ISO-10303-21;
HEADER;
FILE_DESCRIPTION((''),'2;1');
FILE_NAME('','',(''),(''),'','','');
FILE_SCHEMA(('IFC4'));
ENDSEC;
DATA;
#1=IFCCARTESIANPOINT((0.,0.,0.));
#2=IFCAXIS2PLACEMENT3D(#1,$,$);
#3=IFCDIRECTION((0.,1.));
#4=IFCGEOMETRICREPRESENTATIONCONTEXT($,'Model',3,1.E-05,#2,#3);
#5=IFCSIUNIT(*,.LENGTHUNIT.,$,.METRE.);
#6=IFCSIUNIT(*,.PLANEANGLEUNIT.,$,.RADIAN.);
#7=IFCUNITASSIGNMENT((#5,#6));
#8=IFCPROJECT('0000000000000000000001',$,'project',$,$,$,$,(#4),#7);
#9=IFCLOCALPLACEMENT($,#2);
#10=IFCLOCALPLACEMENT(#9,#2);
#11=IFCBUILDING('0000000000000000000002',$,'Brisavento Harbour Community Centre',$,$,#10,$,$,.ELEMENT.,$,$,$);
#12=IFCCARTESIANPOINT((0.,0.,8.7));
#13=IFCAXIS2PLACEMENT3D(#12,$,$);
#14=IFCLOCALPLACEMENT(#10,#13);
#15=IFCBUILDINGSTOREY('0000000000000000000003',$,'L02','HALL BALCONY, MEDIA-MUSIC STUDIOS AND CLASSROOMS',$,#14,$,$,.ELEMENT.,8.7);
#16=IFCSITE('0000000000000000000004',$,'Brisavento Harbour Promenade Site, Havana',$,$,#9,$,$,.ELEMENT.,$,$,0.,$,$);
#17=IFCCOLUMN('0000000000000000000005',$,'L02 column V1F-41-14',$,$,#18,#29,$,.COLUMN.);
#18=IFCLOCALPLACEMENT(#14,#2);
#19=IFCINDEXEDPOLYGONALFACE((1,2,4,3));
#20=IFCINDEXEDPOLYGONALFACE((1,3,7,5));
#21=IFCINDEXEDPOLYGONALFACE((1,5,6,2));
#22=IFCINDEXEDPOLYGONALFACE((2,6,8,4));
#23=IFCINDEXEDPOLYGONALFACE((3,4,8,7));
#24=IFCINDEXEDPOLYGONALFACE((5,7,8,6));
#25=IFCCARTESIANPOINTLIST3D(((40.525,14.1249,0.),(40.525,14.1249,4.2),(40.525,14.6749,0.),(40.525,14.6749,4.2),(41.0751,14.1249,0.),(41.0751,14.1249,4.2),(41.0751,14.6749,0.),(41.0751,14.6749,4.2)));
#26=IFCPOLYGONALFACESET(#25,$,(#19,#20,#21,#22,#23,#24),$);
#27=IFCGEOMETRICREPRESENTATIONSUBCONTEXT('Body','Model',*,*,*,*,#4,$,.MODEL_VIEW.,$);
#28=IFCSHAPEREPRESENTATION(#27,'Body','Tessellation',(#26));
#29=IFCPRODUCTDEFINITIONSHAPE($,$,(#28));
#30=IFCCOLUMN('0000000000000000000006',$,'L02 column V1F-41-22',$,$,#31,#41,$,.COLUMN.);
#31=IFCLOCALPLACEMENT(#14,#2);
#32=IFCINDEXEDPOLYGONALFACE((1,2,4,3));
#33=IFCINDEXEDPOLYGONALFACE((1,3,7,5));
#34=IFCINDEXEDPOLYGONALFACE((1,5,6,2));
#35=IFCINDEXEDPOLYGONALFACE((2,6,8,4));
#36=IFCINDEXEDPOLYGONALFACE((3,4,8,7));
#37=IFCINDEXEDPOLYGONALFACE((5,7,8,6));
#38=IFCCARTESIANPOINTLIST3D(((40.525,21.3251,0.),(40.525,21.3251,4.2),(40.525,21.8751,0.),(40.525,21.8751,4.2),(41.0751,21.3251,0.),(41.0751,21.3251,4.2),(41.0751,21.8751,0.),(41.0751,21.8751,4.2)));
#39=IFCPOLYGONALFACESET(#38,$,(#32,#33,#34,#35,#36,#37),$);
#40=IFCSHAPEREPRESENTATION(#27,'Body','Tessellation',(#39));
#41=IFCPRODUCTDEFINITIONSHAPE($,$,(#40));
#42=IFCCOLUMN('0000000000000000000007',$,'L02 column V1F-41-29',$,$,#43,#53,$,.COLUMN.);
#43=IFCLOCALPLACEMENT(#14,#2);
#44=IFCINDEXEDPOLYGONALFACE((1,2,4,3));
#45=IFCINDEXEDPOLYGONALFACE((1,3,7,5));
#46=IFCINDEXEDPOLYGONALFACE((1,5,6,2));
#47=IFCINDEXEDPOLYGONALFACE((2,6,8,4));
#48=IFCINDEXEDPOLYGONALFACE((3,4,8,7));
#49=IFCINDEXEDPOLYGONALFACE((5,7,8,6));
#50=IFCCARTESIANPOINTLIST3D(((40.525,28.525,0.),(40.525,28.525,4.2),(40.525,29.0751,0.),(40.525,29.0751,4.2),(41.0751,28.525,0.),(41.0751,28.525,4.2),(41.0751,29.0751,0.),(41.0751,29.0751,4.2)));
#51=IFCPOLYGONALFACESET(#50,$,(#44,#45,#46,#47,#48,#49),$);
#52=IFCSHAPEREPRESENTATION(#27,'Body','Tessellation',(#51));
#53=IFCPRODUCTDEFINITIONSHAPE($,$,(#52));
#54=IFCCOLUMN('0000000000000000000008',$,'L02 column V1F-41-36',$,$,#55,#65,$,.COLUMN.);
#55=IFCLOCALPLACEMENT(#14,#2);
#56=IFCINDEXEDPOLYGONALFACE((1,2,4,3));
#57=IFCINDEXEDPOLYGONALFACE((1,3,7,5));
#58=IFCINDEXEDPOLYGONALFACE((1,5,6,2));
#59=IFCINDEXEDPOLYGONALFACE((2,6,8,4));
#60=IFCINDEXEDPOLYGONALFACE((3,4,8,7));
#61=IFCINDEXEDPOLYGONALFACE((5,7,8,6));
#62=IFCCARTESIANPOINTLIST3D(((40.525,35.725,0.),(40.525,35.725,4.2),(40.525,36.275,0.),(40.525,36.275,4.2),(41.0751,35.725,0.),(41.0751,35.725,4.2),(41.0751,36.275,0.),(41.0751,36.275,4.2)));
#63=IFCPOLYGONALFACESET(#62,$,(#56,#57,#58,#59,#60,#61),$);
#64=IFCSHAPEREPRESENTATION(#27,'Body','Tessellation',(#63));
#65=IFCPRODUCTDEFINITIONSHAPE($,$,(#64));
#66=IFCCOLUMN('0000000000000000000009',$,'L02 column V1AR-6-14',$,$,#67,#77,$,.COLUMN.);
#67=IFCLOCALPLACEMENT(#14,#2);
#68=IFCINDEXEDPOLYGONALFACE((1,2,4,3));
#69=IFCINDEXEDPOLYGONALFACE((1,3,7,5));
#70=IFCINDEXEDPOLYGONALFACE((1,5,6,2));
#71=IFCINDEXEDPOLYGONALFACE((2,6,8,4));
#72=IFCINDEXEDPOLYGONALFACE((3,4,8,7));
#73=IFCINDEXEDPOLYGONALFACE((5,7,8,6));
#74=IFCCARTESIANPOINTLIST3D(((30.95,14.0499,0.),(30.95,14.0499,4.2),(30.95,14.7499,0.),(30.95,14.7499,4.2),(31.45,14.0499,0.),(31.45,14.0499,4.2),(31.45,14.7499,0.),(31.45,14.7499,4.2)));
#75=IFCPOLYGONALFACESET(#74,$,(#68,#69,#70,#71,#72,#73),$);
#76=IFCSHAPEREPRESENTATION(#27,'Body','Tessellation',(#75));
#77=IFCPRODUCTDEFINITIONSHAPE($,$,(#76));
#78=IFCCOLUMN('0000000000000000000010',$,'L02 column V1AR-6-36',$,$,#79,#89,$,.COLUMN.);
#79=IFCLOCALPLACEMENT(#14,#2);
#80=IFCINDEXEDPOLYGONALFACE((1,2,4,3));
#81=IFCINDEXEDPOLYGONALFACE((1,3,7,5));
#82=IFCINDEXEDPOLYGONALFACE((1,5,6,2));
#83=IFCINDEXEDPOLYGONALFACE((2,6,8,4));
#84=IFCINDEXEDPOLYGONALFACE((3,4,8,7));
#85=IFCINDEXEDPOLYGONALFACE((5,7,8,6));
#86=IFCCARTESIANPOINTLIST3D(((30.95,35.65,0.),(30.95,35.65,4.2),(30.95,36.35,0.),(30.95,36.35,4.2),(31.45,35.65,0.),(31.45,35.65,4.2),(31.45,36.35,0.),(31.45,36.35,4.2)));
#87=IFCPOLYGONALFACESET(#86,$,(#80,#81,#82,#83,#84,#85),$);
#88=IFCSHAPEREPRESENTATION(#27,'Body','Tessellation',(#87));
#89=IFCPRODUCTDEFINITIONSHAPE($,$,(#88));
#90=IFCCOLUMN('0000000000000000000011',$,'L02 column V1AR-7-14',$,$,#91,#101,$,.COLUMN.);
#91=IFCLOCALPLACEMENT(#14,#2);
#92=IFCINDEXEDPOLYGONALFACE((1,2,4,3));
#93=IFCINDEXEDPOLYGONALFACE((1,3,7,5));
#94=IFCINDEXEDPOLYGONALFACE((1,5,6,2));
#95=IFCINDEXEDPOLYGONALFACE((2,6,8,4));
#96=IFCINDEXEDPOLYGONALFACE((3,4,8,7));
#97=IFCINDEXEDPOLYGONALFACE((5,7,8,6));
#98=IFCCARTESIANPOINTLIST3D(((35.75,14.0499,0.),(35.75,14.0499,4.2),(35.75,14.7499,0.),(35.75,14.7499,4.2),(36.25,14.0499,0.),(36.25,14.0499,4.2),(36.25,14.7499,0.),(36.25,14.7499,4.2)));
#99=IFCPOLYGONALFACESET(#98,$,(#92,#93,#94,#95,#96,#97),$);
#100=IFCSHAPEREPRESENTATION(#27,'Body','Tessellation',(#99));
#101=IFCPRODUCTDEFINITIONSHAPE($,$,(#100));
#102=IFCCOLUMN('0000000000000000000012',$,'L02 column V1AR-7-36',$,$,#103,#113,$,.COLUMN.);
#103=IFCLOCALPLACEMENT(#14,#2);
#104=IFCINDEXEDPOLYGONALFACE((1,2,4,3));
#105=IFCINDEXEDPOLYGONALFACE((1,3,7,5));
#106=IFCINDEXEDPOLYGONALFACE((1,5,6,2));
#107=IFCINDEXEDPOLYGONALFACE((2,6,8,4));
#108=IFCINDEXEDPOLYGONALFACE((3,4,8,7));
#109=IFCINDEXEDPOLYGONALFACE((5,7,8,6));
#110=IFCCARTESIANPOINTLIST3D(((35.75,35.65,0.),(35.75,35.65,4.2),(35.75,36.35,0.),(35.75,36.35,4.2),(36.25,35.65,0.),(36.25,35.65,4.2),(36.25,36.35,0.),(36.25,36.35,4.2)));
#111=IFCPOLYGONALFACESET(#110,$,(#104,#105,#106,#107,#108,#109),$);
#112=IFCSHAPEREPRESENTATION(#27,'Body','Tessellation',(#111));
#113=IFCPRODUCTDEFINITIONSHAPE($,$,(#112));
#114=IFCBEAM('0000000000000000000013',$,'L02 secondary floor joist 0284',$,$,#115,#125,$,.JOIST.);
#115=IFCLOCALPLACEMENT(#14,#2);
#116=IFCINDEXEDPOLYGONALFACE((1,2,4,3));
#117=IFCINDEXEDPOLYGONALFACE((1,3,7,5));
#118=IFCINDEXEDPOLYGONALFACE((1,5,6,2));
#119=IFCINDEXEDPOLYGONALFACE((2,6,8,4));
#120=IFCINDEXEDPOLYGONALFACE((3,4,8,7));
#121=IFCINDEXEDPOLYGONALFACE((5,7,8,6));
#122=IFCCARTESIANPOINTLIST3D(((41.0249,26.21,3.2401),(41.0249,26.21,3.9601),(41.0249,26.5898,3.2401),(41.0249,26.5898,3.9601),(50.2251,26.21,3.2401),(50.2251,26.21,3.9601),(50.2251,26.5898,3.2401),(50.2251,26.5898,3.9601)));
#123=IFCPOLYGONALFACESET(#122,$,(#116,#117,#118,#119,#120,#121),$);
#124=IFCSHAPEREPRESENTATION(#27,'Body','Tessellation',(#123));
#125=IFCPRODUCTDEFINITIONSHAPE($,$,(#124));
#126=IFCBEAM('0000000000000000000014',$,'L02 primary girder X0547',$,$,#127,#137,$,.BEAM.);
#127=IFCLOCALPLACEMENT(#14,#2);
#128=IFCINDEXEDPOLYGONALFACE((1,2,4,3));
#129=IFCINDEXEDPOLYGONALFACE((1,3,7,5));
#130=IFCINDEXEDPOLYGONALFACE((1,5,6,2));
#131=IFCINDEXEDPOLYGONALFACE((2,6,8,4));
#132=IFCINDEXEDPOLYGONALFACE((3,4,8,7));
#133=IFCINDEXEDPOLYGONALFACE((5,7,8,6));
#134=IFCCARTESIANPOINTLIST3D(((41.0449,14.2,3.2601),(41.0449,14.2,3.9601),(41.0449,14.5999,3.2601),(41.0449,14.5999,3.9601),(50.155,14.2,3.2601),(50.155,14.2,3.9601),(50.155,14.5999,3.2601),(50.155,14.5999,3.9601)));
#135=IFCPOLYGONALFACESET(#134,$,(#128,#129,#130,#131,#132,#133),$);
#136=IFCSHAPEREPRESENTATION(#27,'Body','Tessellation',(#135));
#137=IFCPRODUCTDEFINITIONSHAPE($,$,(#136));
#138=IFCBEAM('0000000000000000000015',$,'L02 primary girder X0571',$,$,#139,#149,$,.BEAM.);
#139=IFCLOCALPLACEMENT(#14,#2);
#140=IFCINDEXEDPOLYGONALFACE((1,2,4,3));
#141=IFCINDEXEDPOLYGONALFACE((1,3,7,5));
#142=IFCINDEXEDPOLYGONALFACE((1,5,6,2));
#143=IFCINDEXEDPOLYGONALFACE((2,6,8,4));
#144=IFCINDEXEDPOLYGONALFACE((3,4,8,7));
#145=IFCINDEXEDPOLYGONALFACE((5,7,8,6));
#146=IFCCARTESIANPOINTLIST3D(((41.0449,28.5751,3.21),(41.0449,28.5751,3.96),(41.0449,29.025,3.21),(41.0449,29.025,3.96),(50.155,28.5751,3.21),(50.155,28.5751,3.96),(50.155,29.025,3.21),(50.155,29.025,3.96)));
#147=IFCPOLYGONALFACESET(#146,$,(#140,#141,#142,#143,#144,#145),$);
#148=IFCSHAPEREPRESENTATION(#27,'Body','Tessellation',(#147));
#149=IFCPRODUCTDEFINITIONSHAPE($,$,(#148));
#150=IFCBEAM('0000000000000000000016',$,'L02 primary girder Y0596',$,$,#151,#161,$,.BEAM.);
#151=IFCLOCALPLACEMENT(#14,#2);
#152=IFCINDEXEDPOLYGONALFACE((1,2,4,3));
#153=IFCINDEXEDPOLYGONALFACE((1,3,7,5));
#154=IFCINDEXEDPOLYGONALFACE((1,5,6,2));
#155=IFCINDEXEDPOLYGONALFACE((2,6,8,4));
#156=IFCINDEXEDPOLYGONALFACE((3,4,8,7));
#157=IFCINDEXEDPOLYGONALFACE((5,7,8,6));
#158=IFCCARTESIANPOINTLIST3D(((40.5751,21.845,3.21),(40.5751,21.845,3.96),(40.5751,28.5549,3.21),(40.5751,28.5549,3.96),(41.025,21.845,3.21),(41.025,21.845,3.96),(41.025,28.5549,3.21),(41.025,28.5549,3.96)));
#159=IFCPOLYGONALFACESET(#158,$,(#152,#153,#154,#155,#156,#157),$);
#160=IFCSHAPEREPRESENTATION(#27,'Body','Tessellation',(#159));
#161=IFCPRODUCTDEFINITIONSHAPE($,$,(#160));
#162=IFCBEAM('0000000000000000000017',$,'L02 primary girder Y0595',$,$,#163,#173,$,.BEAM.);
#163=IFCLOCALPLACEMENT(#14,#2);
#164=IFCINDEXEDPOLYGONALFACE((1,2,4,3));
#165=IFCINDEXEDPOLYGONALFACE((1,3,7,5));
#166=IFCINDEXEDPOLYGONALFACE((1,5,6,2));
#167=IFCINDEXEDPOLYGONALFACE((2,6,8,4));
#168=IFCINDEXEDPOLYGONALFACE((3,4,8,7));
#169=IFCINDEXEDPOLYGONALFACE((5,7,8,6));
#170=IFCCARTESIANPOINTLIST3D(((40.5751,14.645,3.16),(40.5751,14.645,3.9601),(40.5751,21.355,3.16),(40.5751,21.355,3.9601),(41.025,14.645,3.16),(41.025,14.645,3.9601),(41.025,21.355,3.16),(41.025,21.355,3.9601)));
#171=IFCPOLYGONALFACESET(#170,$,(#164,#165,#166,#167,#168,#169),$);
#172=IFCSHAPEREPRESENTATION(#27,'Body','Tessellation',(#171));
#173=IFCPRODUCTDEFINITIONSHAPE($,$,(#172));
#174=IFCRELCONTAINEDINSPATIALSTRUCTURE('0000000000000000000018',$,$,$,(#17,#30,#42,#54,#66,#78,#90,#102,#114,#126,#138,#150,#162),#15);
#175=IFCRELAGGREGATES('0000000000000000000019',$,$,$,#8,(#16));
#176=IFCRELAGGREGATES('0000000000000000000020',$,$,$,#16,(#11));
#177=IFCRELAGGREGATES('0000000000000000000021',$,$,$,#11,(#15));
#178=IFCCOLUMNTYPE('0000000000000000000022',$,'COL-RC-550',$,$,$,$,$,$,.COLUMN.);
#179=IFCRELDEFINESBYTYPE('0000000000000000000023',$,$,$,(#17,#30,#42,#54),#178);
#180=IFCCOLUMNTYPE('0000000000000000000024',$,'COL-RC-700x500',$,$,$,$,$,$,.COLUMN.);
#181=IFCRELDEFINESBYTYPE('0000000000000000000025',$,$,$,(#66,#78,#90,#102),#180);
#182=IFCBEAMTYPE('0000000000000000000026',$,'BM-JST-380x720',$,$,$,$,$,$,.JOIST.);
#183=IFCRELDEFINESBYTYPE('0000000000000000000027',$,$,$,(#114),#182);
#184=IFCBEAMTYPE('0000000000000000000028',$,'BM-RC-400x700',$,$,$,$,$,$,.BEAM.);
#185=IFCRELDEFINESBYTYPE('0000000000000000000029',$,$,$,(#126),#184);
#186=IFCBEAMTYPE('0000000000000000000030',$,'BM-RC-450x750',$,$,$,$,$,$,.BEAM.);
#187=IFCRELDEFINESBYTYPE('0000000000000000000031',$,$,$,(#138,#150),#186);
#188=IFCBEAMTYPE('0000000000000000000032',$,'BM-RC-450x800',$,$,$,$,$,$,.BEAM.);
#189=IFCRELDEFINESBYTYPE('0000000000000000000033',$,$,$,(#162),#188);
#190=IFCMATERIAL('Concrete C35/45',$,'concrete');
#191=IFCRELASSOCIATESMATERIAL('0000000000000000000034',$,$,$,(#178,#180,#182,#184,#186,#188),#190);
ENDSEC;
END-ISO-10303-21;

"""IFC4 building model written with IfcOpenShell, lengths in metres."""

from ifc_helpers import new_model, si_unit, direction, frame, origin, origin_2d, place, context, subcontext, project, spatial, rectangle, extrude, material, material_profile, profile_set, type_object, element, save


model = new_model("IFC4")

# Units and contexts
model_context = context("Model", 3, precision=1e-05, world=origin(), true_north=direction((0.0, 1.0)))
body_context = subcontext(model_context, "Body", "Model", "MODEL_VIEW")
ifc_project = project(units=[si_unit("LENGTHUNIT", "METRE"), si_unit("PLANEANGLEUNIT", "RADIAN")], contexts=[model_context])

# Site, building, storey
site_placement = place(None, origin())
site = spatial("IfcSite", under=ifc_project, at=site_placement, Name="Brisavento Harbour Promenade Site, Havana", CompositionType="ELEMENT", RefElevation=0.0)
building_placement = place(site_placement, origin())
building = spatial("IfcBuilding", under=site, at=building_placement, Name="Brisavento Harbour Community Centre", CompositionType="ELEMENT")
storey_placement = place(building_placement, frame((0.0, 0.0, 8.7)))
storey = spatial("IfcBuildingStorey", under=building, at=storey_placement, Name="L02", Description="HALL BALCONY, MEDIA-MUSIC STUDIOS AND CLASSROOMS", CompositionType="ELEMENT", Elevation=8.7)

# Columns
ifc_material_1 = material(Name="Concrete C35/45", Category="concrete")
ifc_material_profile_1 = material_profile(ifc_material_1, rectangle(XDim=0.55, YDim=0.55, at=origin_2d()), Name="Concrete C35/45")
ifc_profile_set_1 = profile_set([ifc_material_profile_1], Name="Concrete C35/45")
column_type_1 = type_object("IfcColumnType", Name="COL-RC-550", PredefinedType="COLUMN", material=ifc_profile_set_1)
for number, where, z_axis, x_axis, name in (
    (1, (40.8, 14.3999, 0.0), (0.0, 0.0, 1.0), (1.0, 0.0, 0.0), "L02 column V1F-41-14"),
    (2, (40.8, 21.6001, 0.0), (0.0, 0.0, 1.0), (1.0, 0.0, 0.0), "L02 column V1F-41-22"),
    (3, (40.8, 28.8, 0.0), (0.0, 0.0, 1.0), (1.0, 0.0, 0.0), "L02 column V1F-41-29"),
    (4, (40.8, 36.0, 0.0), (0.0, 0.0, 1.0), (1.0, 0.0, 0.0), "L02 column V1F-41-36"),
):
    element("IfcColumn", number, at=place(storey_placement, frame(where, z_axis=z_axis, x_axis=x_axis)), inside=storey, type_object=column_type_1, Name=name, PredefinedType="COLUMN", context=body_context, shape_type="SweptSolid", body=[
        extrude(rectangle(XDim=0.55, YDim=0.55, at=origin_2d()), origin(), (0.0, 0.0, 1.0), 4.2),
    ])
ifc_material_profile_2 = material_profile(ifc_material_1, rectangle(XDim=0.5, YDim=0.7, at=origin_2d()), Name="Concrete C35/45")
ifc_profile_set_2 = profile_set([ifc_material_profile_2], Name="Concrete C35/45")
column_type_2 = type_object("IfcColumnType", Name="COL-RC-700x500", PredefinedType="COLUMN", material=ifc_profile_set_2)
for number, where, z_axis, x_axis, name in (
    (5, (31.2, 14.3999, 0.0), (0.0, 0.0, 1.0), (1.0, 0.0, 0.0), "L02 column V1AR-6-14"),
    (6, (31.2, 36.0, 0.0), (0.0, 0.0, 1.0), (1.0, 0.0, 0.0), "L02 column V1AR-6-36"),
    (7, (36.0, 14.3999, 0.0), (0.0, 0.0, 1.0), (1.0, 0.0, 0.0), "L02 column V1AR-7-14"),
    (8, (36.0, 36.0, 0.0), (0.0, 0.0, 1.0), (1.0, 0.0, 0.0), "L02 column V1AR-7-36"),
):
    element("IfcColumn", number, at=place(storey_placement, frame(where, z_axis=z_axis, x_axis=x_axis)), inside=storey, type_object=column_type_2, Name=name, PredefinedType="COLUMN", context=body_context, shape_type="SweptSolid", body=[
        extrude(rectangle(XDim=0.5, YDim=0.7, at=origin_2d()), origin(), (0.0, 0.0, 1.0), 4.2),
    ])

# Beams
ifc_material_profile_3 = material_profile(ifc_material_1, rectangle(XDim=0.3799, YDim=0.72, at=origin_2d()), Name="Concrete C35/45")
ifc_profile_set_3 = profile_set([ifc_material_profile_3], Name="Concrete C35/45")
beam_type_1 = type_object("IfcBeamType", Name="BM-JST-380x720", PredefinedType="JOIST", material=ifc_profile_set_3)
beam_1_placement = place(storey_placement, frame((41.0249, 26.3999, 3.6001), z_axis=(1.0, 0.0, 0.0), x_axis=(0.0, 1.0, 0.0)))
element("IfcBeam", 9, at=beam_1_placement, inside=storey, type_object=beam_type_1, Name="L02 secondary floor joist 0284", PredefinedType="JOIST", context=body_context, shape_type="SweptSolid", body=[
    extrude(rectangle(XDim=0.3799, YDim=0.72, at=origin_2d()), origin(), (0.0, 0.0, 1.0), 9.2002),
])
ifc_material_profile_4 = material_profile(ifc_material_1, rectangle(XDim=0.3999, YDim=0.7, at=origin_2d()), Name="Concrete C35/45")
ifc_profile_set_4 = profile_set([ifc_material_profile_4], Name="Concrete C35/45")
beam_type_2 = type_object("IfcBeamType", Name="BM-RC-400x700", PredefinedType="BEAM", material=ifc_profile_set_4)
beam_2_placement = place(storey_placement, frame((41.0449, 14.3999, 3.6101), z_axis=(1.0, 0.0, 0.0), x_axis=(0.0, 1.0, 0.0)))
element("IfcBeam", 10, at=beam_2_placement, inside=storey, type_object=beam_type_2, Name="L02 primary girder X0547", PredefinedType="BEAM", context=body_context, shape_type="SweptSolid", body=[
    extrude(rectangle(XDim=0.3999, YDim=0.7, at=origin_2d()), origin(), (0.0, 0.0, 1.0), 9.1101),
])
ifc_material_profile_5 = material_profile(ifc_material_1, rectangle(XDim=0.45, YDim=0.75, at=origin_2d()), Name="Concrete C35/45")
ifc_profile_set_5 = profile_set([ifc_material_profile_5], Name="Concrete C35/45")
beam_type_3 = type_object("IfcBeamType", Name="BM-RC-450x750", PredefinedType="BEAM", material=ifc_profile_set_5)
beam_3_placement = place(storey_placement, frame((41.0449, 28.8, 3.585), z_axis=(1.0, 0.0, 0.0), x_axis=(0.0, 1.0, 0.0)))
element("IfcBeam", 11, at=beam_3_placement, inside=storey, type_object=beam_type_3, Name="L02 primary girder X0571", PredefinedType="BEAM", context=body_context, shape_type="SweptSolid", body=[
    extrude(rectangle(XDim=0.45, YDim=0.75, at=origin_2d()), origin(), (0.0, 0.0, 1.0), 9.1101),
])
beam_4_placement = place(storey_placement, frame((40.8, 21.845, 3.585), z_axis=(0.0, 1.0, 0.0), x_axis=(-1.0, 0.0, 0.0)))
element("IfcBeam", 12, at=beam_4_placement, inside=storey, type_object=beam_type_3, Name="L02 primary girder Y0596", PredefinedType="BEAM", context=body_context, shape_type="SweptSolid", body=[
    extrude(rectangle(XDim=0.45, YDim=0.75, at=origin_2d()), origin(), (0.0, 0.0, 1.0), 6.71),
])
ifc_material_profile_6 = material_profile(ifc_material_1, rectangle(XDim=0.45, YDim=0.8, at=origin_2d()), Name="Concrete C35/45")
ifc_profile_set_6 = profile_set([ifc_material_profile_6], Name="Concrete C35/45")
beam_type_4 = type_object("IfcBeamType", Name="BM-RC-450x800", PredefinedType="BEAM", material=ifc_profile_set_6)
beam_5_placement = place(storey_placement, frame((40.8, 14.645, 3.5601), z_axis=(0.0, 1.0, 0.0), x_axis=(-1.0, 0.0, 0.0)))
element("IfcBeam", 13, at=beam_5_placement, inside=storey, type_object=beam_type_4, Name="L02 primary girder Y0595", PredefinedType="BEAM", context=body_context, shape_type="SweptSolid", body=[
    extrude(rectangle(XDim=0.45, YDim=0.8, at=origin_2d()), origin(), (0.0, 0.0, 1.0), 6.71),
])

save(model, "model.ifc")
